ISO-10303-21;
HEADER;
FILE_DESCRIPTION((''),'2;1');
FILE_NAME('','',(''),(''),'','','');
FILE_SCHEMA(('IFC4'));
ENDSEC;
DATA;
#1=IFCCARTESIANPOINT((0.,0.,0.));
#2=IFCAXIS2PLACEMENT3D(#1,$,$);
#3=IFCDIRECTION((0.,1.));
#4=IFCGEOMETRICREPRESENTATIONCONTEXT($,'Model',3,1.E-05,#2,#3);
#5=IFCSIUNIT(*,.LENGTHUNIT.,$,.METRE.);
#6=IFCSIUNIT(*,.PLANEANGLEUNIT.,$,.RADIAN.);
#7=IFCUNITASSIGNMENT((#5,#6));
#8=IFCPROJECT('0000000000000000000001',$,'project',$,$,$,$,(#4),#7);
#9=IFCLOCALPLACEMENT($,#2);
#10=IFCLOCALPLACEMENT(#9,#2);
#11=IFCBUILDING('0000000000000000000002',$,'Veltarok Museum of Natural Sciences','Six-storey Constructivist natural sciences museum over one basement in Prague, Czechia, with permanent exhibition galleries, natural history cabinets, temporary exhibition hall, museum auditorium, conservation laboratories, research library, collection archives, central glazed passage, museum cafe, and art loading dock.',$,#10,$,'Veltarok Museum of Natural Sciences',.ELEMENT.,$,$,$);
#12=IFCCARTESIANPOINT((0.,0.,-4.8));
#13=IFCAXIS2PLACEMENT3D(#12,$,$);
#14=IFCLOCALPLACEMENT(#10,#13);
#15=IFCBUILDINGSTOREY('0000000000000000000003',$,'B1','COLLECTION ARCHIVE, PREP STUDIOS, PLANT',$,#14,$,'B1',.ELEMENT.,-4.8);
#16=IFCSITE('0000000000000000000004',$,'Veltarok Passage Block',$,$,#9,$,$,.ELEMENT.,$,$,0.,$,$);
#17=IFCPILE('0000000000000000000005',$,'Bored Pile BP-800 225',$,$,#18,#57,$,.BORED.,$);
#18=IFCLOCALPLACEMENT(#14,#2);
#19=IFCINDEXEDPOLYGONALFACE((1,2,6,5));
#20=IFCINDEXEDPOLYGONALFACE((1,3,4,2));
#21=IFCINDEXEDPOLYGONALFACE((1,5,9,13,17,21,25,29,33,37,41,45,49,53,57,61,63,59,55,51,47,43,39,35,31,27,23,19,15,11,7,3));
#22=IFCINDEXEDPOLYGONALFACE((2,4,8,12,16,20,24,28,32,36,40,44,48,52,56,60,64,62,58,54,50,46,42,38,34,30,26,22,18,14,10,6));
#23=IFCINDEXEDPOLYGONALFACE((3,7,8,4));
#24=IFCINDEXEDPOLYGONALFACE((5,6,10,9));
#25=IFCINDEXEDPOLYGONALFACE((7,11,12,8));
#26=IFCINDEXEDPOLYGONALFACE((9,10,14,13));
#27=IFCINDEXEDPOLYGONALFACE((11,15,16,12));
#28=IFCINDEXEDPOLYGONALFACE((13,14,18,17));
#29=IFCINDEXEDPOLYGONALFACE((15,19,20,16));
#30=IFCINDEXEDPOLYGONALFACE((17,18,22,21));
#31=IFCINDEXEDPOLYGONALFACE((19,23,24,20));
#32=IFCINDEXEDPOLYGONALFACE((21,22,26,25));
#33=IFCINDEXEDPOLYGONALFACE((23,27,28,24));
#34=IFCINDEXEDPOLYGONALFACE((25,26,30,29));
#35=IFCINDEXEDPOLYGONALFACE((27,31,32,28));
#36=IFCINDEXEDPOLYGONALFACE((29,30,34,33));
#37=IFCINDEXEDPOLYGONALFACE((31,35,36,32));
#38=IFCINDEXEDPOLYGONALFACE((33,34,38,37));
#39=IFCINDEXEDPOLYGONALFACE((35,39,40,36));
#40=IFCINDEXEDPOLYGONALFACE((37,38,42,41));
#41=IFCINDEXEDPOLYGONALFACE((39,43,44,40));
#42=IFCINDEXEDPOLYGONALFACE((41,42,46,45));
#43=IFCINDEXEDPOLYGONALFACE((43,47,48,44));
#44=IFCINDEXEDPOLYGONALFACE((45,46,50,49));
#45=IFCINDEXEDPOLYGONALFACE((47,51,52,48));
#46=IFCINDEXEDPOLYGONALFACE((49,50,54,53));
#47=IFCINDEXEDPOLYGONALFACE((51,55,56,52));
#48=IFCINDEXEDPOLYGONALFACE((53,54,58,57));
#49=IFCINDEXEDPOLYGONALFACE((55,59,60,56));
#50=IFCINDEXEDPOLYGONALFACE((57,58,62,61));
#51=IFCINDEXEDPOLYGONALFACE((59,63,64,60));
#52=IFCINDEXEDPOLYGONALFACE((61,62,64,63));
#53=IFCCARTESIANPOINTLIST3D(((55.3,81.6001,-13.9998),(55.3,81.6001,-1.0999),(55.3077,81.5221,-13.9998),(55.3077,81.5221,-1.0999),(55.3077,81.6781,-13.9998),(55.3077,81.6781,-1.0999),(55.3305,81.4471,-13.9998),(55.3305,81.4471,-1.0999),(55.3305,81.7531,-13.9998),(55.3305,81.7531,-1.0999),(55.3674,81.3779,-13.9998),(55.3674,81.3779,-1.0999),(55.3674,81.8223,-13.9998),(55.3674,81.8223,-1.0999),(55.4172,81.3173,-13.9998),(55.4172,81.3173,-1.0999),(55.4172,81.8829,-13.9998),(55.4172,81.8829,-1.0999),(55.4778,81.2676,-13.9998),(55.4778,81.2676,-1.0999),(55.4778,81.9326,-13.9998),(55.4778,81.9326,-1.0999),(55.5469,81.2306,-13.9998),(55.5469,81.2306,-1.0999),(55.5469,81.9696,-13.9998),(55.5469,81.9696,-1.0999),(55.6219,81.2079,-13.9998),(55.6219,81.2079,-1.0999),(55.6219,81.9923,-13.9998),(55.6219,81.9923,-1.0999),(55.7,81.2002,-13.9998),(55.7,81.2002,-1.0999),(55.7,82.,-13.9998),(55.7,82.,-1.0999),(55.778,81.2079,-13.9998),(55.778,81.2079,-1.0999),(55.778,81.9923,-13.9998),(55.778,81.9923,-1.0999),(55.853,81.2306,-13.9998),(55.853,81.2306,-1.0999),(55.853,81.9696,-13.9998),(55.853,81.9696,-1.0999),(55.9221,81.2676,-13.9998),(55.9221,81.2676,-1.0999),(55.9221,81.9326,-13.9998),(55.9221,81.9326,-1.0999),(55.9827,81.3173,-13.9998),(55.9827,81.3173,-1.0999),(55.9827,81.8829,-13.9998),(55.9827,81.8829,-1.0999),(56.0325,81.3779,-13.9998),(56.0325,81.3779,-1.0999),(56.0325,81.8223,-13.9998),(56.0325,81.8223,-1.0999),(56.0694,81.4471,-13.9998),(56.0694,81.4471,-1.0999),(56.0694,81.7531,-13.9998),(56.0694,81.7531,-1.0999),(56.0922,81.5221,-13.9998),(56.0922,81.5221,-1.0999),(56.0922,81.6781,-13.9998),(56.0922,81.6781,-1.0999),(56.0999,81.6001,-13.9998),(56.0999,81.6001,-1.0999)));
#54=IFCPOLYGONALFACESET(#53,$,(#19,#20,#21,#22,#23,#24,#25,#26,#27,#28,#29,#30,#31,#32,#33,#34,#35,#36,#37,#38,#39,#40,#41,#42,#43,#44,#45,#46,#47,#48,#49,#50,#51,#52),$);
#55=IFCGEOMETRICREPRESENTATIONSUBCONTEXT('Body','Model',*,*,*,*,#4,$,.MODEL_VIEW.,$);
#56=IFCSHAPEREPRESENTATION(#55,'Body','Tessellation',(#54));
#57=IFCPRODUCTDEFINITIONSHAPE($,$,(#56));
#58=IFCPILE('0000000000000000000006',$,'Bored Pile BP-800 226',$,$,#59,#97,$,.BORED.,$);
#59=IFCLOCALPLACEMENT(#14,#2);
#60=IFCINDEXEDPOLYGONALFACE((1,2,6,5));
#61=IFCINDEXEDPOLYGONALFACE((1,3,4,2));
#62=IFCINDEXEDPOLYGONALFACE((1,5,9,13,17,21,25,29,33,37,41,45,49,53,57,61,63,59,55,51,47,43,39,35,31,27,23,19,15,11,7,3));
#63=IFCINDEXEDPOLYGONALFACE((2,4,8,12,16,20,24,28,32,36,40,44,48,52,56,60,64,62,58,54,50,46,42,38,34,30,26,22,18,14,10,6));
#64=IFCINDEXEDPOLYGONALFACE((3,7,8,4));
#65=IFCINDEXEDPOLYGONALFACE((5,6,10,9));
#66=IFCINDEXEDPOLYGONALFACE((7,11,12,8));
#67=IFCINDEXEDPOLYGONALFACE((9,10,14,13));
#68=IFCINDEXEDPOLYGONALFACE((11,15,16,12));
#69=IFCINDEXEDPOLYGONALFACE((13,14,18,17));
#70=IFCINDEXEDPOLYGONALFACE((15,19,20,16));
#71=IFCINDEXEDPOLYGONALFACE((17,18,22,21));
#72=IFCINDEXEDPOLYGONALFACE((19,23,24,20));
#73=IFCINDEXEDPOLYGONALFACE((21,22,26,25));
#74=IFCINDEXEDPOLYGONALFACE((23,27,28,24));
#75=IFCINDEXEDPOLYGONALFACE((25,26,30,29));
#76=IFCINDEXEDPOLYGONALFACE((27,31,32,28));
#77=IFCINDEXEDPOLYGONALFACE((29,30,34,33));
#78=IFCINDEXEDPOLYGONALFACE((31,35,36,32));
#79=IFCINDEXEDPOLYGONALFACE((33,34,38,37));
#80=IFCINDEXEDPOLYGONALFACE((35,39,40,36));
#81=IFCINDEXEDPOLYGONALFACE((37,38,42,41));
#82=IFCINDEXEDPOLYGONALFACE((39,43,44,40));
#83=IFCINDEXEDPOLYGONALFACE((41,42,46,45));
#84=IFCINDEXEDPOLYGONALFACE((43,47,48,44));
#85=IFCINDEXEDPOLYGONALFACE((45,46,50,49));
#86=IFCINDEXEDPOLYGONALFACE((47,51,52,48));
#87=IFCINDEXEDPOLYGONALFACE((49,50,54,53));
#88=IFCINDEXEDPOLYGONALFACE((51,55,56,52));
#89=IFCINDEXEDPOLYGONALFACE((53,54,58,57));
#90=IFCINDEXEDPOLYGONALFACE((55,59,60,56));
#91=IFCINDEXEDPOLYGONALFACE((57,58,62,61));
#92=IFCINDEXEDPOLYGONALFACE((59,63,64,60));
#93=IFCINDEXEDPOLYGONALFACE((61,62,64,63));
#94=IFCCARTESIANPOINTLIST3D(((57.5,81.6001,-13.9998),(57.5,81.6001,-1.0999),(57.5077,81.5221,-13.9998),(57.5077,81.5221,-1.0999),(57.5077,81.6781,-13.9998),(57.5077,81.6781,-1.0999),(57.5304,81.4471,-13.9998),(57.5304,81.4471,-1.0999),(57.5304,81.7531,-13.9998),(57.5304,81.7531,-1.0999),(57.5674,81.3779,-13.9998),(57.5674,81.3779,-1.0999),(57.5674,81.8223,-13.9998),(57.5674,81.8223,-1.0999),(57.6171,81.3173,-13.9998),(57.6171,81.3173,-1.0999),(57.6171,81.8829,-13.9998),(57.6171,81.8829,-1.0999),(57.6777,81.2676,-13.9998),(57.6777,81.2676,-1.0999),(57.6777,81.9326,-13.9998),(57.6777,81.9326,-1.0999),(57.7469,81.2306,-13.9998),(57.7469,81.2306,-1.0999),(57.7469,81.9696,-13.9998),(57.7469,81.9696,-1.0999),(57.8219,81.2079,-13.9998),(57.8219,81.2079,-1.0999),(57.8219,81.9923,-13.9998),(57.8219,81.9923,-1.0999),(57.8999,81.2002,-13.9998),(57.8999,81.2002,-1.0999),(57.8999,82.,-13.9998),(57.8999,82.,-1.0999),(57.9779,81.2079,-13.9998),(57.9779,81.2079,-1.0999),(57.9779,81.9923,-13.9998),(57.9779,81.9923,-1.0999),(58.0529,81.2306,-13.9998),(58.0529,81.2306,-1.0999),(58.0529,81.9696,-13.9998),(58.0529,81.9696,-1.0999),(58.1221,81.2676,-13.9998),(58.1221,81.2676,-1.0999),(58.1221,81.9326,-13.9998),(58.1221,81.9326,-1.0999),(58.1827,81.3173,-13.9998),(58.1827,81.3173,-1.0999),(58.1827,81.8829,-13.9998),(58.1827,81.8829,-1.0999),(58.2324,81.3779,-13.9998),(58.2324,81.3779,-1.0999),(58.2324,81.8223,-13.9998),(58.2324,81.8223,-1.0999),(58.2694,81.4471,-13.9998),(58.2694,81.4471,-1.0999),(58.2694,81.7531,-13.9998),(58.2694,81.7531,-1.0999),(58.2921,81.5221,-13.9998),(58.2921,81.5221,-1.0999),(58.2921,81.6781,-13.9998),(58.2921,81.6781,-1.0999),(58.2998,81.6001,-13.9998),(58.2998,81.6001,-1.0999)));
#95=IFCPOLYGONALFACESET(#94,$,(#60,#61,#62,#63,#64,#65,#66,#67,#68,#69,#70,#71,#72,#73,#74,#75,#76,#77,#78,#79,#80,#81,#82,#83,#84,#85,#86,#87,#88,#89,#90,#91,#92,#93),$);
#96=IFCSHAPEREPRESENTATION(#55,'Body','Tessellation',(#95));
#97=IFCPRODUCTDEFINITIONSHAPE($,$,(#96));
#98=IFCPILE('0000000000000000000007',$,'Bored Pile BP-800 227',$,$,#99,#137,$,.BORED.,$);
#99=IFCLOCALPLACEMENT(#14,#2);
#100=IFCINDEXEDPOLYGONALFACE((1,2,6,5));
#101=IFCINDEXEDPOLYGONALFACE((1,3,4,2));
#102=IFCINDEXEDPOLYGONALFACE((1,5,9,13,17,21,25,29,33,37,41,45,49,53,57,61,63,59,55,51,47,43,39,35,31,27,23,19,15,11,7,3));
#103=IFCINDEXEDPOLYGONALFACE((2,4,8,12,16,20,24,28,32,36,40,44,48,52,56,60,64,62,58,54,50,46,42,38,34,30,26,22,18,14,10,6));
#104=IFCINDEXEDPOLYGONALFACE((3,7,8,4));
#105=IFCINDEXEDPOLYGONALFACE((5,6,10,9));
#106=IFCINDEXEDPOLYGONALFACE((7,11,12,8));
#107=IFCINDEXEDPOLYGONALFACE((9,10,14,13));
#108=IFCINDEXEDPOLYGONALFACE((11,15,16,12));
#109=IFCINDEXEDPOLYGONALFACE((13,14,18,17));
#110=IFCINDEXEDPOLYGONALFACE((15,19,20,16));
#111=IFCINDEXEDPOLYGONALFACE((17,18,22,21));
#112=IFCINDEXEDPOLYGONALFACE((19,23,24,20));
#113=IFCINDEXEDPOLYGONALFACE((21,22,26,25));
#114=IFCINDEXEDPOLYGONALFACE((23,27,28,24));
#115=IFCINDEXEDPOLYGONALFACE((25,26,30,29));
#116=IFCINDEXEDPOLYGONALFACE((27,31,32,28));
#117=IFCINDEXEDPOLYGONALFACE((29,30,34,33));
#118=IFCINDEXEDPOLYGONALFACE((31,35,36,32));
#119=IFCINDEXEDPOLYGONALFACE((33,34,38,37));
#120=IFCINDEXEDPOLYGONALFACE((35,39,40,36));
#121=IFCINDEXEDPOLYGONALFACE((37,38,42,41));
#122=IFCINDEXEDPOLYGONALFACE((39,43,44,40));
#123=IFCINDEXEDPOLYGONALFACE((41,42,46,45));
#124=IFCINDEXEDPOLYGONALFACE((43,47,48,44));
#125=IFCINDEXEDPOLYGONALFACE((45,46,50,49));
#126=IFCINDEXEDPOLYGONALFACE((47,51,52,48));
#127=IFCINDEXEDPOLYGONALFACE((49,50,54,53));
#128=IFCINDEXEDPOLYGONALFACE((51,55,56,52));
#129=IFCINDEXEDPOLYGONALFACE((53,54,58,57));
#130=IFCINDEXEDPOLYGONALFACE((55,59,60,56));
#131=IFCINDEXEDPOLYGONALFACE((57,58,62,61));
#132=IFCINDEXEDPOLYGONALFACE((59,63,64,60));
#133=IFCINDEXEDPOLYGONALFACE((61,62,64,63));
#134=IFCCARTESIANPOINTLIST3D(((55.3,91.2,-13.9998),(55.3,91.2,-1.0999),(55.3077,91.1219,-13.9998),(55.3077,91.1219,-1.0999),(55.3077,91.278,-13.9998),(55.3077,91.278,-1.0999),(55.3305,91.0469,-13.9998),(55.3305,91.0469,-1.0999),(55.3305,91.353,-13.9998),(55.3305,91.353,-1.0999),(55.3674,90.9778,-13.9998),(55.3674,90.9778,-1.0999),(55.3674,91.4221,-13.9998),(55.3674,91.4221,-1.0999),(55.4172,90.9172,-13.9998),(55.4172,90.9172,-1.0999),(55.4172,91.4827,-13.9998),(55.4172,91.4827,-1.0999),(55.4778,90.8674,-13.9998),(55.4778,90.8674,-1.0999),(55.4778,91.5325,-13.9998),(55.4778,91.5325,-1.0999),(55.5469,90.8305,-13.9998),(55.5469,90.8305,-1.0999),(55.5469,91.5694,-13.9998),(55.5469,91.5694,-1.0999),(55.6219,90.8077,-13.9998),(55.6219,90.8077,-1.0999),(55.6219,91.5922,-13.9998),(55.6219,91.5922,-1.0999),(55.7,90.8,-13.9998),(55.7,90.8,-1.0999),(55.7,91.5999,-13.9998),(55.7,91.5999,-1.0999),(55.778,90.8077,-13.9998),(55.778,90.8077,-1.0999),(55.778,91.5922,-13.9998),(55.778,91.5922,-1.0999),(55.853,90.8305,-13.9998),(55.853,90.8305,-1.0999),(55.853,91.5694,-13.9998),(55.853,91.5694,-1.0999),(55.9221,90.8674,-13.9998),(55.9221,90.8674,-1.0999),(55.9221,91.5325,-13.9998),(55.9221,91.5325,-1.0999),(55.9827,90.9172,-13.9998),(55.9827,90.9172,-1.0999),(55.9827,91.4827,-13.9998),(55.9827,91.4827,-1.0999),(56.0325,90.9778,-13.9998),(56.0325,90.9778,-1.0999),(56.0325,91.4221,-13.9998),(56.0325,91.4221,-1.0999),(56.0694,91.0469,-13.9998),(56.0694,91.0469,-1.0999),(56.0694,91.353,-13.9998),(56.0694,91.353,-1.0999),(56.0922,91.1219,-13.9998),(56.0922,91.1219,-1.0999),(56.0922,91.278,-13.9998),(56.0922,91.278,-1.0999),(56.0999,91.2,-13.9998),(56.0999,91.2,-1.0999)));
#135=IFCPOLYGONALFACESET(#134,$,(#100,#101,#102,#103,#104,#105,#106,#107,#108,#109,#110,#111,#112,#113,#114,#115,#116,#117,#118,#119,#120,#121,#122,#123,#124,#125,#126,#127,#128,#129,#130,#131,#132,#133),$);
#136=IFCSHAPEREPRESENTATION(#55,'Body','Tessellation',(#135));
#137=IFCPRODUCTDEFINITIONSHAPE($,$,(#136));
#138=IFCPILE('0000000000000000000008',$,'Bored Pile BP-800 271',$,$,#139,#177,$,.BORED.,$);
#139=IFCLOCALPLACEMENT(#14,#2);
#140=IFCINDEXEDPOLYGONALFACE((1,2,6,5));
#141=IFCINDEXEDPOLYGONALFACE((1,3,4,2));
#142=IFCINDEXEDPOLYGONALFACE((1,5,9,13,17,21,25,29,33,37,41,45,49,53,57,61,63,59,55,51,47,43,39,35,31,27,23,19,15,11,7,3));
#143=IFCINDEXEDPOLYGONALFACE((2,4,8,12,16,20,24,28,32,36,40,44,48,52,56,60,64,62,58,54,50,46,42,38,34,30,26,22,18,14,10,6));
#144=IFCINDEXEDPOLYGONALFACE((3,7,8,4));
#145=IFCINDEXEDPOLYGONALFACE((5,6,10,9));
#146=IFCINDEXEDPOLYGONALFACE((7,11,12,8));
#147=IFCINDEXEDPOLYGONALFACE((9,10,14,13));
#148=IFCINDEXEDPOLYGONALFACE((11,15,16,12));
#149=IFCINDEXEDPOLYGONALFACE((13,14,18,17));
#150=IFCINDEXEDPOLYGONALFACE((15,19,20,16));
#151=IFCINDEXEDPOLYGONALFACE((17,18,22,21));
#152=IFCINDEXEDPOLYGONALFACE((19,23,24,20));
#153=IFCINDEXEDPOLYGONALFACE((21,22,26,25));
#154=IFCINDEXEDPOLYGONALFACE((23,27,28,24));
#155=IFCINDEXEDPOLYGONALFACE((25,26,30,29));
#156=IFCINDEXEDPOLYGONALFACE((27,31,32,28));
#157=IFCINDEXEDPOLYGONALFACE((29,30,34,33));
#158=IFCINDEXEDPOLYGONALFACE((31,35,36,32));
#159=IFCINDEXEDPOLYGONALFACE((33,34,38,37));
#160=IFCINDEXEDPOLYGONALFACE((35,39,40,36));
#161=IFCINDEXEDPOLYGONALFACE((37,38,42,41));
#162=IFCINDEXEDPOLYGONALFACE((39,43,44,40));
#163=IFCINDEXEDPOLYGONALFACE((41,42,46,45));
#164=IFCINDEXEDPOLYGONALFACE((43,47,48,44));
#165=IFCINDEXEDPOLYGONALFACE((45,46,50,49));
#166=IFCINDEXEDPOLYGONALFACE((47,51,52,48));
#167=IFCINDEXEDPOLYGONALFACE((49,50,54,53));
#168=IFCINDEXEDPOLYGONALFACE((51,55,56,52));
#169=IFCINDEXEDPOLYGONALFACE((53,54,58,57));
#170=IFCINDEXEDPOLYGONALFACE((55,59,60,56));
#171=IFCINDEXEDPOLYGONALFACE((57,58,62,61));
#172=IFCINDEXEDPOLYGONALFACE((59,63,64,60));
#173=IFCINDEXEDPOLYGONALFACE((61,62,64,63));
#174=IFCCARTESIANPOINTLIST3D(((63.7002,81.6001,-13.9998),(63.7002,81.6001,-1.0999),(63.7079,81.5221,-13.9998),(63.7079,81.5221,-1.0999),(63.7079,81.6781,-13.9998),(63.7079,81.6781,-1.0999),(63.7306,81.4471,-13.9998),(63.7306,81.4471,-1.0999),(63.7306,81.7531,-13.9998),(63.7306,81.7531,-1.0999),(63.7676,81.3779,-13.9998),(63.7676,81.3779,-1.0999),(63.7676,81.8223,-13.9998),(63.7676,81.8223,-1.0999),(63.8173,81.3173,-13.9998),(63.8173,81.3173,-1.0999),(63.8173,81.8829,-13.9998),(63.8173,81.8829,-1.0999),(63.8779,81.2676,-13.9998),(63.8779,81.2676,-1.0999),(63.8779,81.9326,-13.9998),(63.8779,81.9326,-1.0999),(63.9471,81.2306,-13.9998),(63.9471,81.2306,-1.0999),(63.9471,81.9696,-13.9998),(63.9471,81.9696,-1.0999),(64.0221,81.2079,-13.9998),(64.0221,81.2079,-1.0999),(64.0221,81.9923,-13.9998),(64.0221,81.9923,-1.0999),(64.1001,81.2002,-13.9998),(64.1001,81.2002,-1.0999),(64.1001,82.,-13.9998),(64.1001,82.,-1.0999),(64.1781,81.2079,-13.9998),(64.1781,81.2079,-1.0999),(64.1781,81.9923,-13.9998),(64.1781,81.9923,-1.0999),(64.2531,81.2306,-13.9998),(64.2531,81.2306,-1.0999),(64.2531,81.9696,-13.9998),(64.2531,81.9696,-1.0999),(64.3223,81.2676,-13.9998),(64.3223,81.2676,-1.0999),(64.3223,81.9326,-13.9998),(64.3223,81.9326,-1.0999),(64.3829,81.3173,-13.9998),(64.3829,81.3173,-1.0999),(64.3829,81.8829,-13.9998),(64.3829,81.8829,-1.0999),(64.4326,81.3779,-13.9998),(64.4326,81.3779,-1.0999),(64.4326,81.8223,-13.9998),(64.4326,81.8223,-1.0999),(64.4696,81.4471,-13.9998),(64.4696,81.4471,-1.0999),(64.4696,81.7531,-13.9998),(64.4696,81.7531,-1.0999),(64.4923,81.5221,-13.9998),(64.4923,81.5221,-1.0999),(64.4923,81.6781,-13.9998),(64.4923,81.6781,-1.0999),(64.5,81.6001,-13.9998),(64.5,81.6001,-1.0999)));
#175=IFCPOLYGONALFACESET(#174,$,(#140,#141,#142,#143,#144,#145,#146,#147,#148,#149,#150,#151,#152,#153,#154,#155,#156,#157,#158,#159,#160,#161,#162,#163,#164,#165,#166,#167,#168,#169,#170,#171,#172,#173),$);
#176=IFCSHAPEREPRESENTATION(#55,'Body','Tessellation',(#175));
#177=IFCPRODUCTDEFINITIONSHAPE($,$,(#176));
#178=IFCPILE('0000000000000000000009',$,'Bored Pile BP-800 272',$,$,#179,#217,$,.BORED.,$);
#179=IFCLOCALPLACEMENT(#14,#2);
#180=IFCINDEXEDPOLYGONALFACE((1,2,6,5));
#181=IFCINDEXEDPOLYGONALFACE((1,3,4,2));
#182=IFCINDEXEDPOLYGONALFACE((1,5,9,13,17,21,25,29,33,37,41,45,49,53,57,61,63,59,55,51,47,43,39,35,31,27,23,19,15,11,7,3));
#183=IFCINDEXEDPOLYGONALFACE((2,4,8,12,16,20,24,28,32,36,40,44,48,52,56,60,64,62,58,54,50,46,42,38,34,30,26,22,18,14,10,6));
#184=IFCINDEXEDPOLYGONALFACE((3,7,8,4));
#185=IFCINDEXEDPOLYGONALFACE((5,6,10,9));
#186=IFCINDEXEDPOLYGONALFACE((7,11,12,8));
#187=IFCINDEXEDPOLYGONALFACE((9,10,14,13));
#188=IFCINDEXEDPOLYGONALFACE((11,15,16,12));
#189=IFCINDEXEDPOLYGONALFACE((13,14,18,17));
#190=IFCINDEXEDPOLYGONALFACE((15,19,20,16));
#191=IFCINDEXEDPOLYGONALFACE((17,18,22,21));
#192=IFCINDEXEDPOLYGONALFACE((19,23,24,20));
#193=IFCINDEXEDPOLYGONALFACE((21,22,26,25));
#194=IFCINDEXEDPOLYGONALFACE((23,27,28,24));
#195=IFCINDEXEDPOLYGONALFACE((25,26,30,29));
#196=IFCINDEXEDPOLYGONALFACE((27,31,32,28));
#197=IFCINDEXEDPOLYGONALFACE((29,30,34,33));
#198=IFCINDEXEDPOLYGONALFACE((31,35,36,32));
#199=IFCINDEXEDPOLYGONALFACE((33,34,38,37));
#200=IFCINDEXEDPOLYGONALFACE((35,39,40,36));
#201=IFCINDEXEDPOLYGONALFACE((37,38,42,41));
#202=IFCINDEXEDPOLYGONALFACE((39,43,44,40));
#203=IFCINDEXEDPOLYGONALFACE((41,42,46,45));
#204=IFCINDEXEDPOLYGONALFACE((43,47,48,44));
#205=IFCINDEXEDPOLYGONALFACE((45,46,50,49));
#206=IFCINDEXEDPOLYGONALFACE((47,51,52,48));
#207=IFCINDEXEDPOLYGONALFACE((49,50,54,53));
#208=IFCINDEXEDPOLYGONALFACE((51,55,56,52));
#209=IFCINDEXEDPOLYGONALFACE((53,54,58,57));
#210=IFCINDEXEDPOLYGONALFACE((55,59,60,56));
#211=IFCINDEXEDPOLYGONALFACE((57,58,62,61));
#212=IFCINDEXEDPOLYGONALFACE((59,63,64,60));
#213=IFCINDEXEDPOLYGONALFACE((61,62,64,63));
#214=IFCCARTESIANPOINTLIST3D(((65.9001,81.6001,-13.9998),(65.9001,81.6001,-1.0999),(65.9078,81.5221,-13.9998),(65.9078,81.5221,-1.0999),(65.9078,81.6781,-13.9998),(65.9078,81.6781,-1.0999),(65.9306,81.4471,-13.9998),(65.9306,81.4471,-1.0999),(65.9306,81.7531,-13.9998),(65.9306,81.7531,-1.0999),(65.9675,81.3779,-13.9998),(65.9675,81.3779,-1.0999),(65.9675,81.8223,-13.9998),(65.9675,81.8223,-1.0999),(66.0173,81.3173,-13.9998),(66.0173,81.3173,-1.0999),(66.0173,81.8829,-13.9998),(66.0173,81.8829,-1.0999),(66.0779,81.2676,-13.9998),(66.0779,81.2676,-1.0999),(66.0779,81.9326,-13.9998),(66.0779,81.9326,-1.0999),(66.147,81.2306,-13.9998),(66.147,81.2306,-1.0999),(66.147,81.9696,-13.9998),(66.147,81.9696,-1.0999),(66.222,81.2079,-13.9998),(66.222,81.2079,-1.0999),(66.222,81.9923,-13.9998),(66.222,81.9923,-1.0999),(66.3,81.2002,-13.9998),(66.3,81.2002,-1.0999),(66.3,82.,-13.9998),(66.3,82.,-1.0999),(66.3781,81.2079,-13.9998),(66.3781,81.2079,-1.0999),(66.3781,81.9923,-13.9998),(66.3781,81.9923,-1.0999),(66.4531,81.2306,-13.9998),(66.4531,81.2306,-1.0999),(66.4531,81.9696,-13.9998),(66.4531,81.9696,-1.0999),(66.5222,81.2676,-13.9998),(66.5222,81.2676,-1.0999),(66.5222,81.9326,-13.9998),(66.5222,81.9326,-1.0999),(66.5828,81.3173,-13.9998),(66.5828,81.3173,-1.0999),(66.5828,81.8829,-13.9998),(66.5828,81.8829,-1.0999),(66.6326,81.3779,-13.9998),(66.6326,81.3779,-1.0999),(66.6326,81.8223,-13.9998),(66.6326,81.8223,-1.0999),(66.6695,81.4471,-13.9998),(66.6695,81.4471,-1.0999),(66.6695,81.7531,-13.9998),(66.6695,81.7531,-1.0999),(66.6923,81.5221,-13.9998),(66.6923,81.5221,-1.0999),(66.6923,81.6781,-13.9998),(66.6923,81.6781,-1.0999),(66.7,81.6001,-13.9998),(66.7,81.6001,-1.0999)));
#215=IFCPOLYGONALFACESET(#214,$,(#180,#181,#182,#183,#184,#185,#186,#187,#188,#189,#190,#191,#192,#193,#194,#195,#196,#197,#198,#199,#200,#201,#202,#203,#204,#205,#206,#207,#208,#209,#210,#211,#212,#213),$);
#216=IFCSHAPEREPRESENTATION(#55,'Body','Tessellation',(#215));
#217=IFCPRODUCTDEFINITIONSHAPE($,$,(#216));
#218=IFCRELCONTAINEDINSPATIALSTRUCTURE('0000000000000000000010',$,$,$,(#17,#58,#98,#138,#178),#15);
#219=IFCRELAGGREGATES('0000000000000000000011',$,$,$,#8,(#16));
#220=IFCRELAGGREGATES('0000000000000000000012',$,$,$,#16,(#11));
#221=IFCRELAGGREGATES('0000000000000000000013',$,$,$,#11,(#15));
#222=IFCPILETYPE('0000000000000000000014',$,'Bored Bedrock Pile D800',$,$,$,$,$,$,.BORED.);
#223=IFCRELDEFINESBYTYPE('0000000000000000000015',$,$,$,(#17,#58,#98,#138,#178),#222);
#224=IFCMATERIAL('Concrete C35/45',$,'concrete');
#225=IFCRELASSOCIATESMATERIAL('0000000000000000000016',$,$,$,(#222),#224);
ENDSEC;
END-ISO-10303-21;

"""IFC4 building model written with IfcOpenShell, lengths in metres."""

from ifc_helpers import new_model, si_unit, direction, frame, origin, origin_2d, place, context, subcontext, project, spatial, circle, extrude, material, material_profile, profile_set, type_object, element, save


model = new_model("IFC4")

# Units and contexts
model_context = context("Model", 3, precision=1e-05, world=origin(), true_north=direction((0.0, 1.0)))
body_context = subcontext(model_context, "Body", "Model", "MODEL_VIEW")
ifc_project = project(units=[si_unit("LENGTHUNIT", "METRE"), si_unit("PLANEANGLEUNIT", "RADIAN")], contexts=[model_context])

# Site, building, storey
site_placement = place(None, origin())
site = spatial("IfcSite", under=ifc_project, at=site_placement, Name="Veltarok Passage Block", CompositionType="ELEMENT", RefElevation=0.0)
building_placement = place(site_placement, origin())
building = spatial("IfcBuilding", under=site, at=building_placement, Name="Veltarok Museum of Natural Sciences", Description="Six-storey Constructivist natural sciences museum over one basement in Prague, Czechia, with permanent exhibition galleries, natural history cabinets, temporary exhibition hall, museum auditorium, conservation laboratories, research library, collection archives, central glazed passage, museum cafe, and art loading dock.", LongName="Veltarok Museum of Natural Sciences", CompositionType="ELEMENT")
storey_placement = place(building_placement, frame((0.0, 0.0, -4.8)))
storey = spatial("IfcBuildingStorey", under=building, at=storey_placement, Name="B1", Description="COLLECTION ARCHIVE, PREP STUDIOS, PLANT", LongName="B1", CompositionType="ELEMENT", Elevation=-4.8)

# Piles
ifc_material_1 = material(Name="Concrete C35/45", Category="concrete")
ifc_material_profile_1 = material_profile(ifc_material_1, circle(Radius=0.3999, at=origin_2d()), Name="BP D800")
ifc_profile_set_1 = profile_set([ifc_material_profile_1], Name="Concrete C35/45")
pile_type_1 = type_object("IfcPileType", Name="Bored Bedrock Pile D800", PredefinedType="BORED", material=ifc_profile_set_1)
for number, where, z_axis, x_axis, name in (
    (1, (55.7, 81.6001, -1.0999), (0.0, 0.0, -1.0), (1.0, 0.0, 0.0), "Bored Pile BP-800 225"),
    (2, (57.8999, 81.6001, -1.0999), (0.0, 0.0, -1.0), (1.0, 0.0, 0.0), "Bored Pile BP-800 226"),
    (3, (55.7, 91.2, -1.0999), (0.0, 0.0, -1.0), (1.0, 0.0, 0.0), "Bored Pile BP-800 227"),
    (4, (64.1001, 81.6001, -1.0999), (0.0, 0.0, -1.0), (1.0, 0.0, 0.0), "Bored Pile BP-800 271"),
    (5, (66.3, 81.6001, -1.0999), (0.0, 0.0, -1.0), (1.0, 0.0, 0.0), "Bored Pile BP-800 272"),
):
    element("IfcPile", number, at=place(storey_placement, frame(where, z_axis=z_axis, x_axis=x_axis)), inside=storey, type_object=pile_type_1, Name=name, PredefinedType="BORED", context=body_context, shape_type="SweptSolid", body=[
        extrude(circle(Radius=0.3999, at=origin_2d()), origin(), (0.0, 0.0, 1.0), 12.8999),
    ])

save(model, "model.ifc")
